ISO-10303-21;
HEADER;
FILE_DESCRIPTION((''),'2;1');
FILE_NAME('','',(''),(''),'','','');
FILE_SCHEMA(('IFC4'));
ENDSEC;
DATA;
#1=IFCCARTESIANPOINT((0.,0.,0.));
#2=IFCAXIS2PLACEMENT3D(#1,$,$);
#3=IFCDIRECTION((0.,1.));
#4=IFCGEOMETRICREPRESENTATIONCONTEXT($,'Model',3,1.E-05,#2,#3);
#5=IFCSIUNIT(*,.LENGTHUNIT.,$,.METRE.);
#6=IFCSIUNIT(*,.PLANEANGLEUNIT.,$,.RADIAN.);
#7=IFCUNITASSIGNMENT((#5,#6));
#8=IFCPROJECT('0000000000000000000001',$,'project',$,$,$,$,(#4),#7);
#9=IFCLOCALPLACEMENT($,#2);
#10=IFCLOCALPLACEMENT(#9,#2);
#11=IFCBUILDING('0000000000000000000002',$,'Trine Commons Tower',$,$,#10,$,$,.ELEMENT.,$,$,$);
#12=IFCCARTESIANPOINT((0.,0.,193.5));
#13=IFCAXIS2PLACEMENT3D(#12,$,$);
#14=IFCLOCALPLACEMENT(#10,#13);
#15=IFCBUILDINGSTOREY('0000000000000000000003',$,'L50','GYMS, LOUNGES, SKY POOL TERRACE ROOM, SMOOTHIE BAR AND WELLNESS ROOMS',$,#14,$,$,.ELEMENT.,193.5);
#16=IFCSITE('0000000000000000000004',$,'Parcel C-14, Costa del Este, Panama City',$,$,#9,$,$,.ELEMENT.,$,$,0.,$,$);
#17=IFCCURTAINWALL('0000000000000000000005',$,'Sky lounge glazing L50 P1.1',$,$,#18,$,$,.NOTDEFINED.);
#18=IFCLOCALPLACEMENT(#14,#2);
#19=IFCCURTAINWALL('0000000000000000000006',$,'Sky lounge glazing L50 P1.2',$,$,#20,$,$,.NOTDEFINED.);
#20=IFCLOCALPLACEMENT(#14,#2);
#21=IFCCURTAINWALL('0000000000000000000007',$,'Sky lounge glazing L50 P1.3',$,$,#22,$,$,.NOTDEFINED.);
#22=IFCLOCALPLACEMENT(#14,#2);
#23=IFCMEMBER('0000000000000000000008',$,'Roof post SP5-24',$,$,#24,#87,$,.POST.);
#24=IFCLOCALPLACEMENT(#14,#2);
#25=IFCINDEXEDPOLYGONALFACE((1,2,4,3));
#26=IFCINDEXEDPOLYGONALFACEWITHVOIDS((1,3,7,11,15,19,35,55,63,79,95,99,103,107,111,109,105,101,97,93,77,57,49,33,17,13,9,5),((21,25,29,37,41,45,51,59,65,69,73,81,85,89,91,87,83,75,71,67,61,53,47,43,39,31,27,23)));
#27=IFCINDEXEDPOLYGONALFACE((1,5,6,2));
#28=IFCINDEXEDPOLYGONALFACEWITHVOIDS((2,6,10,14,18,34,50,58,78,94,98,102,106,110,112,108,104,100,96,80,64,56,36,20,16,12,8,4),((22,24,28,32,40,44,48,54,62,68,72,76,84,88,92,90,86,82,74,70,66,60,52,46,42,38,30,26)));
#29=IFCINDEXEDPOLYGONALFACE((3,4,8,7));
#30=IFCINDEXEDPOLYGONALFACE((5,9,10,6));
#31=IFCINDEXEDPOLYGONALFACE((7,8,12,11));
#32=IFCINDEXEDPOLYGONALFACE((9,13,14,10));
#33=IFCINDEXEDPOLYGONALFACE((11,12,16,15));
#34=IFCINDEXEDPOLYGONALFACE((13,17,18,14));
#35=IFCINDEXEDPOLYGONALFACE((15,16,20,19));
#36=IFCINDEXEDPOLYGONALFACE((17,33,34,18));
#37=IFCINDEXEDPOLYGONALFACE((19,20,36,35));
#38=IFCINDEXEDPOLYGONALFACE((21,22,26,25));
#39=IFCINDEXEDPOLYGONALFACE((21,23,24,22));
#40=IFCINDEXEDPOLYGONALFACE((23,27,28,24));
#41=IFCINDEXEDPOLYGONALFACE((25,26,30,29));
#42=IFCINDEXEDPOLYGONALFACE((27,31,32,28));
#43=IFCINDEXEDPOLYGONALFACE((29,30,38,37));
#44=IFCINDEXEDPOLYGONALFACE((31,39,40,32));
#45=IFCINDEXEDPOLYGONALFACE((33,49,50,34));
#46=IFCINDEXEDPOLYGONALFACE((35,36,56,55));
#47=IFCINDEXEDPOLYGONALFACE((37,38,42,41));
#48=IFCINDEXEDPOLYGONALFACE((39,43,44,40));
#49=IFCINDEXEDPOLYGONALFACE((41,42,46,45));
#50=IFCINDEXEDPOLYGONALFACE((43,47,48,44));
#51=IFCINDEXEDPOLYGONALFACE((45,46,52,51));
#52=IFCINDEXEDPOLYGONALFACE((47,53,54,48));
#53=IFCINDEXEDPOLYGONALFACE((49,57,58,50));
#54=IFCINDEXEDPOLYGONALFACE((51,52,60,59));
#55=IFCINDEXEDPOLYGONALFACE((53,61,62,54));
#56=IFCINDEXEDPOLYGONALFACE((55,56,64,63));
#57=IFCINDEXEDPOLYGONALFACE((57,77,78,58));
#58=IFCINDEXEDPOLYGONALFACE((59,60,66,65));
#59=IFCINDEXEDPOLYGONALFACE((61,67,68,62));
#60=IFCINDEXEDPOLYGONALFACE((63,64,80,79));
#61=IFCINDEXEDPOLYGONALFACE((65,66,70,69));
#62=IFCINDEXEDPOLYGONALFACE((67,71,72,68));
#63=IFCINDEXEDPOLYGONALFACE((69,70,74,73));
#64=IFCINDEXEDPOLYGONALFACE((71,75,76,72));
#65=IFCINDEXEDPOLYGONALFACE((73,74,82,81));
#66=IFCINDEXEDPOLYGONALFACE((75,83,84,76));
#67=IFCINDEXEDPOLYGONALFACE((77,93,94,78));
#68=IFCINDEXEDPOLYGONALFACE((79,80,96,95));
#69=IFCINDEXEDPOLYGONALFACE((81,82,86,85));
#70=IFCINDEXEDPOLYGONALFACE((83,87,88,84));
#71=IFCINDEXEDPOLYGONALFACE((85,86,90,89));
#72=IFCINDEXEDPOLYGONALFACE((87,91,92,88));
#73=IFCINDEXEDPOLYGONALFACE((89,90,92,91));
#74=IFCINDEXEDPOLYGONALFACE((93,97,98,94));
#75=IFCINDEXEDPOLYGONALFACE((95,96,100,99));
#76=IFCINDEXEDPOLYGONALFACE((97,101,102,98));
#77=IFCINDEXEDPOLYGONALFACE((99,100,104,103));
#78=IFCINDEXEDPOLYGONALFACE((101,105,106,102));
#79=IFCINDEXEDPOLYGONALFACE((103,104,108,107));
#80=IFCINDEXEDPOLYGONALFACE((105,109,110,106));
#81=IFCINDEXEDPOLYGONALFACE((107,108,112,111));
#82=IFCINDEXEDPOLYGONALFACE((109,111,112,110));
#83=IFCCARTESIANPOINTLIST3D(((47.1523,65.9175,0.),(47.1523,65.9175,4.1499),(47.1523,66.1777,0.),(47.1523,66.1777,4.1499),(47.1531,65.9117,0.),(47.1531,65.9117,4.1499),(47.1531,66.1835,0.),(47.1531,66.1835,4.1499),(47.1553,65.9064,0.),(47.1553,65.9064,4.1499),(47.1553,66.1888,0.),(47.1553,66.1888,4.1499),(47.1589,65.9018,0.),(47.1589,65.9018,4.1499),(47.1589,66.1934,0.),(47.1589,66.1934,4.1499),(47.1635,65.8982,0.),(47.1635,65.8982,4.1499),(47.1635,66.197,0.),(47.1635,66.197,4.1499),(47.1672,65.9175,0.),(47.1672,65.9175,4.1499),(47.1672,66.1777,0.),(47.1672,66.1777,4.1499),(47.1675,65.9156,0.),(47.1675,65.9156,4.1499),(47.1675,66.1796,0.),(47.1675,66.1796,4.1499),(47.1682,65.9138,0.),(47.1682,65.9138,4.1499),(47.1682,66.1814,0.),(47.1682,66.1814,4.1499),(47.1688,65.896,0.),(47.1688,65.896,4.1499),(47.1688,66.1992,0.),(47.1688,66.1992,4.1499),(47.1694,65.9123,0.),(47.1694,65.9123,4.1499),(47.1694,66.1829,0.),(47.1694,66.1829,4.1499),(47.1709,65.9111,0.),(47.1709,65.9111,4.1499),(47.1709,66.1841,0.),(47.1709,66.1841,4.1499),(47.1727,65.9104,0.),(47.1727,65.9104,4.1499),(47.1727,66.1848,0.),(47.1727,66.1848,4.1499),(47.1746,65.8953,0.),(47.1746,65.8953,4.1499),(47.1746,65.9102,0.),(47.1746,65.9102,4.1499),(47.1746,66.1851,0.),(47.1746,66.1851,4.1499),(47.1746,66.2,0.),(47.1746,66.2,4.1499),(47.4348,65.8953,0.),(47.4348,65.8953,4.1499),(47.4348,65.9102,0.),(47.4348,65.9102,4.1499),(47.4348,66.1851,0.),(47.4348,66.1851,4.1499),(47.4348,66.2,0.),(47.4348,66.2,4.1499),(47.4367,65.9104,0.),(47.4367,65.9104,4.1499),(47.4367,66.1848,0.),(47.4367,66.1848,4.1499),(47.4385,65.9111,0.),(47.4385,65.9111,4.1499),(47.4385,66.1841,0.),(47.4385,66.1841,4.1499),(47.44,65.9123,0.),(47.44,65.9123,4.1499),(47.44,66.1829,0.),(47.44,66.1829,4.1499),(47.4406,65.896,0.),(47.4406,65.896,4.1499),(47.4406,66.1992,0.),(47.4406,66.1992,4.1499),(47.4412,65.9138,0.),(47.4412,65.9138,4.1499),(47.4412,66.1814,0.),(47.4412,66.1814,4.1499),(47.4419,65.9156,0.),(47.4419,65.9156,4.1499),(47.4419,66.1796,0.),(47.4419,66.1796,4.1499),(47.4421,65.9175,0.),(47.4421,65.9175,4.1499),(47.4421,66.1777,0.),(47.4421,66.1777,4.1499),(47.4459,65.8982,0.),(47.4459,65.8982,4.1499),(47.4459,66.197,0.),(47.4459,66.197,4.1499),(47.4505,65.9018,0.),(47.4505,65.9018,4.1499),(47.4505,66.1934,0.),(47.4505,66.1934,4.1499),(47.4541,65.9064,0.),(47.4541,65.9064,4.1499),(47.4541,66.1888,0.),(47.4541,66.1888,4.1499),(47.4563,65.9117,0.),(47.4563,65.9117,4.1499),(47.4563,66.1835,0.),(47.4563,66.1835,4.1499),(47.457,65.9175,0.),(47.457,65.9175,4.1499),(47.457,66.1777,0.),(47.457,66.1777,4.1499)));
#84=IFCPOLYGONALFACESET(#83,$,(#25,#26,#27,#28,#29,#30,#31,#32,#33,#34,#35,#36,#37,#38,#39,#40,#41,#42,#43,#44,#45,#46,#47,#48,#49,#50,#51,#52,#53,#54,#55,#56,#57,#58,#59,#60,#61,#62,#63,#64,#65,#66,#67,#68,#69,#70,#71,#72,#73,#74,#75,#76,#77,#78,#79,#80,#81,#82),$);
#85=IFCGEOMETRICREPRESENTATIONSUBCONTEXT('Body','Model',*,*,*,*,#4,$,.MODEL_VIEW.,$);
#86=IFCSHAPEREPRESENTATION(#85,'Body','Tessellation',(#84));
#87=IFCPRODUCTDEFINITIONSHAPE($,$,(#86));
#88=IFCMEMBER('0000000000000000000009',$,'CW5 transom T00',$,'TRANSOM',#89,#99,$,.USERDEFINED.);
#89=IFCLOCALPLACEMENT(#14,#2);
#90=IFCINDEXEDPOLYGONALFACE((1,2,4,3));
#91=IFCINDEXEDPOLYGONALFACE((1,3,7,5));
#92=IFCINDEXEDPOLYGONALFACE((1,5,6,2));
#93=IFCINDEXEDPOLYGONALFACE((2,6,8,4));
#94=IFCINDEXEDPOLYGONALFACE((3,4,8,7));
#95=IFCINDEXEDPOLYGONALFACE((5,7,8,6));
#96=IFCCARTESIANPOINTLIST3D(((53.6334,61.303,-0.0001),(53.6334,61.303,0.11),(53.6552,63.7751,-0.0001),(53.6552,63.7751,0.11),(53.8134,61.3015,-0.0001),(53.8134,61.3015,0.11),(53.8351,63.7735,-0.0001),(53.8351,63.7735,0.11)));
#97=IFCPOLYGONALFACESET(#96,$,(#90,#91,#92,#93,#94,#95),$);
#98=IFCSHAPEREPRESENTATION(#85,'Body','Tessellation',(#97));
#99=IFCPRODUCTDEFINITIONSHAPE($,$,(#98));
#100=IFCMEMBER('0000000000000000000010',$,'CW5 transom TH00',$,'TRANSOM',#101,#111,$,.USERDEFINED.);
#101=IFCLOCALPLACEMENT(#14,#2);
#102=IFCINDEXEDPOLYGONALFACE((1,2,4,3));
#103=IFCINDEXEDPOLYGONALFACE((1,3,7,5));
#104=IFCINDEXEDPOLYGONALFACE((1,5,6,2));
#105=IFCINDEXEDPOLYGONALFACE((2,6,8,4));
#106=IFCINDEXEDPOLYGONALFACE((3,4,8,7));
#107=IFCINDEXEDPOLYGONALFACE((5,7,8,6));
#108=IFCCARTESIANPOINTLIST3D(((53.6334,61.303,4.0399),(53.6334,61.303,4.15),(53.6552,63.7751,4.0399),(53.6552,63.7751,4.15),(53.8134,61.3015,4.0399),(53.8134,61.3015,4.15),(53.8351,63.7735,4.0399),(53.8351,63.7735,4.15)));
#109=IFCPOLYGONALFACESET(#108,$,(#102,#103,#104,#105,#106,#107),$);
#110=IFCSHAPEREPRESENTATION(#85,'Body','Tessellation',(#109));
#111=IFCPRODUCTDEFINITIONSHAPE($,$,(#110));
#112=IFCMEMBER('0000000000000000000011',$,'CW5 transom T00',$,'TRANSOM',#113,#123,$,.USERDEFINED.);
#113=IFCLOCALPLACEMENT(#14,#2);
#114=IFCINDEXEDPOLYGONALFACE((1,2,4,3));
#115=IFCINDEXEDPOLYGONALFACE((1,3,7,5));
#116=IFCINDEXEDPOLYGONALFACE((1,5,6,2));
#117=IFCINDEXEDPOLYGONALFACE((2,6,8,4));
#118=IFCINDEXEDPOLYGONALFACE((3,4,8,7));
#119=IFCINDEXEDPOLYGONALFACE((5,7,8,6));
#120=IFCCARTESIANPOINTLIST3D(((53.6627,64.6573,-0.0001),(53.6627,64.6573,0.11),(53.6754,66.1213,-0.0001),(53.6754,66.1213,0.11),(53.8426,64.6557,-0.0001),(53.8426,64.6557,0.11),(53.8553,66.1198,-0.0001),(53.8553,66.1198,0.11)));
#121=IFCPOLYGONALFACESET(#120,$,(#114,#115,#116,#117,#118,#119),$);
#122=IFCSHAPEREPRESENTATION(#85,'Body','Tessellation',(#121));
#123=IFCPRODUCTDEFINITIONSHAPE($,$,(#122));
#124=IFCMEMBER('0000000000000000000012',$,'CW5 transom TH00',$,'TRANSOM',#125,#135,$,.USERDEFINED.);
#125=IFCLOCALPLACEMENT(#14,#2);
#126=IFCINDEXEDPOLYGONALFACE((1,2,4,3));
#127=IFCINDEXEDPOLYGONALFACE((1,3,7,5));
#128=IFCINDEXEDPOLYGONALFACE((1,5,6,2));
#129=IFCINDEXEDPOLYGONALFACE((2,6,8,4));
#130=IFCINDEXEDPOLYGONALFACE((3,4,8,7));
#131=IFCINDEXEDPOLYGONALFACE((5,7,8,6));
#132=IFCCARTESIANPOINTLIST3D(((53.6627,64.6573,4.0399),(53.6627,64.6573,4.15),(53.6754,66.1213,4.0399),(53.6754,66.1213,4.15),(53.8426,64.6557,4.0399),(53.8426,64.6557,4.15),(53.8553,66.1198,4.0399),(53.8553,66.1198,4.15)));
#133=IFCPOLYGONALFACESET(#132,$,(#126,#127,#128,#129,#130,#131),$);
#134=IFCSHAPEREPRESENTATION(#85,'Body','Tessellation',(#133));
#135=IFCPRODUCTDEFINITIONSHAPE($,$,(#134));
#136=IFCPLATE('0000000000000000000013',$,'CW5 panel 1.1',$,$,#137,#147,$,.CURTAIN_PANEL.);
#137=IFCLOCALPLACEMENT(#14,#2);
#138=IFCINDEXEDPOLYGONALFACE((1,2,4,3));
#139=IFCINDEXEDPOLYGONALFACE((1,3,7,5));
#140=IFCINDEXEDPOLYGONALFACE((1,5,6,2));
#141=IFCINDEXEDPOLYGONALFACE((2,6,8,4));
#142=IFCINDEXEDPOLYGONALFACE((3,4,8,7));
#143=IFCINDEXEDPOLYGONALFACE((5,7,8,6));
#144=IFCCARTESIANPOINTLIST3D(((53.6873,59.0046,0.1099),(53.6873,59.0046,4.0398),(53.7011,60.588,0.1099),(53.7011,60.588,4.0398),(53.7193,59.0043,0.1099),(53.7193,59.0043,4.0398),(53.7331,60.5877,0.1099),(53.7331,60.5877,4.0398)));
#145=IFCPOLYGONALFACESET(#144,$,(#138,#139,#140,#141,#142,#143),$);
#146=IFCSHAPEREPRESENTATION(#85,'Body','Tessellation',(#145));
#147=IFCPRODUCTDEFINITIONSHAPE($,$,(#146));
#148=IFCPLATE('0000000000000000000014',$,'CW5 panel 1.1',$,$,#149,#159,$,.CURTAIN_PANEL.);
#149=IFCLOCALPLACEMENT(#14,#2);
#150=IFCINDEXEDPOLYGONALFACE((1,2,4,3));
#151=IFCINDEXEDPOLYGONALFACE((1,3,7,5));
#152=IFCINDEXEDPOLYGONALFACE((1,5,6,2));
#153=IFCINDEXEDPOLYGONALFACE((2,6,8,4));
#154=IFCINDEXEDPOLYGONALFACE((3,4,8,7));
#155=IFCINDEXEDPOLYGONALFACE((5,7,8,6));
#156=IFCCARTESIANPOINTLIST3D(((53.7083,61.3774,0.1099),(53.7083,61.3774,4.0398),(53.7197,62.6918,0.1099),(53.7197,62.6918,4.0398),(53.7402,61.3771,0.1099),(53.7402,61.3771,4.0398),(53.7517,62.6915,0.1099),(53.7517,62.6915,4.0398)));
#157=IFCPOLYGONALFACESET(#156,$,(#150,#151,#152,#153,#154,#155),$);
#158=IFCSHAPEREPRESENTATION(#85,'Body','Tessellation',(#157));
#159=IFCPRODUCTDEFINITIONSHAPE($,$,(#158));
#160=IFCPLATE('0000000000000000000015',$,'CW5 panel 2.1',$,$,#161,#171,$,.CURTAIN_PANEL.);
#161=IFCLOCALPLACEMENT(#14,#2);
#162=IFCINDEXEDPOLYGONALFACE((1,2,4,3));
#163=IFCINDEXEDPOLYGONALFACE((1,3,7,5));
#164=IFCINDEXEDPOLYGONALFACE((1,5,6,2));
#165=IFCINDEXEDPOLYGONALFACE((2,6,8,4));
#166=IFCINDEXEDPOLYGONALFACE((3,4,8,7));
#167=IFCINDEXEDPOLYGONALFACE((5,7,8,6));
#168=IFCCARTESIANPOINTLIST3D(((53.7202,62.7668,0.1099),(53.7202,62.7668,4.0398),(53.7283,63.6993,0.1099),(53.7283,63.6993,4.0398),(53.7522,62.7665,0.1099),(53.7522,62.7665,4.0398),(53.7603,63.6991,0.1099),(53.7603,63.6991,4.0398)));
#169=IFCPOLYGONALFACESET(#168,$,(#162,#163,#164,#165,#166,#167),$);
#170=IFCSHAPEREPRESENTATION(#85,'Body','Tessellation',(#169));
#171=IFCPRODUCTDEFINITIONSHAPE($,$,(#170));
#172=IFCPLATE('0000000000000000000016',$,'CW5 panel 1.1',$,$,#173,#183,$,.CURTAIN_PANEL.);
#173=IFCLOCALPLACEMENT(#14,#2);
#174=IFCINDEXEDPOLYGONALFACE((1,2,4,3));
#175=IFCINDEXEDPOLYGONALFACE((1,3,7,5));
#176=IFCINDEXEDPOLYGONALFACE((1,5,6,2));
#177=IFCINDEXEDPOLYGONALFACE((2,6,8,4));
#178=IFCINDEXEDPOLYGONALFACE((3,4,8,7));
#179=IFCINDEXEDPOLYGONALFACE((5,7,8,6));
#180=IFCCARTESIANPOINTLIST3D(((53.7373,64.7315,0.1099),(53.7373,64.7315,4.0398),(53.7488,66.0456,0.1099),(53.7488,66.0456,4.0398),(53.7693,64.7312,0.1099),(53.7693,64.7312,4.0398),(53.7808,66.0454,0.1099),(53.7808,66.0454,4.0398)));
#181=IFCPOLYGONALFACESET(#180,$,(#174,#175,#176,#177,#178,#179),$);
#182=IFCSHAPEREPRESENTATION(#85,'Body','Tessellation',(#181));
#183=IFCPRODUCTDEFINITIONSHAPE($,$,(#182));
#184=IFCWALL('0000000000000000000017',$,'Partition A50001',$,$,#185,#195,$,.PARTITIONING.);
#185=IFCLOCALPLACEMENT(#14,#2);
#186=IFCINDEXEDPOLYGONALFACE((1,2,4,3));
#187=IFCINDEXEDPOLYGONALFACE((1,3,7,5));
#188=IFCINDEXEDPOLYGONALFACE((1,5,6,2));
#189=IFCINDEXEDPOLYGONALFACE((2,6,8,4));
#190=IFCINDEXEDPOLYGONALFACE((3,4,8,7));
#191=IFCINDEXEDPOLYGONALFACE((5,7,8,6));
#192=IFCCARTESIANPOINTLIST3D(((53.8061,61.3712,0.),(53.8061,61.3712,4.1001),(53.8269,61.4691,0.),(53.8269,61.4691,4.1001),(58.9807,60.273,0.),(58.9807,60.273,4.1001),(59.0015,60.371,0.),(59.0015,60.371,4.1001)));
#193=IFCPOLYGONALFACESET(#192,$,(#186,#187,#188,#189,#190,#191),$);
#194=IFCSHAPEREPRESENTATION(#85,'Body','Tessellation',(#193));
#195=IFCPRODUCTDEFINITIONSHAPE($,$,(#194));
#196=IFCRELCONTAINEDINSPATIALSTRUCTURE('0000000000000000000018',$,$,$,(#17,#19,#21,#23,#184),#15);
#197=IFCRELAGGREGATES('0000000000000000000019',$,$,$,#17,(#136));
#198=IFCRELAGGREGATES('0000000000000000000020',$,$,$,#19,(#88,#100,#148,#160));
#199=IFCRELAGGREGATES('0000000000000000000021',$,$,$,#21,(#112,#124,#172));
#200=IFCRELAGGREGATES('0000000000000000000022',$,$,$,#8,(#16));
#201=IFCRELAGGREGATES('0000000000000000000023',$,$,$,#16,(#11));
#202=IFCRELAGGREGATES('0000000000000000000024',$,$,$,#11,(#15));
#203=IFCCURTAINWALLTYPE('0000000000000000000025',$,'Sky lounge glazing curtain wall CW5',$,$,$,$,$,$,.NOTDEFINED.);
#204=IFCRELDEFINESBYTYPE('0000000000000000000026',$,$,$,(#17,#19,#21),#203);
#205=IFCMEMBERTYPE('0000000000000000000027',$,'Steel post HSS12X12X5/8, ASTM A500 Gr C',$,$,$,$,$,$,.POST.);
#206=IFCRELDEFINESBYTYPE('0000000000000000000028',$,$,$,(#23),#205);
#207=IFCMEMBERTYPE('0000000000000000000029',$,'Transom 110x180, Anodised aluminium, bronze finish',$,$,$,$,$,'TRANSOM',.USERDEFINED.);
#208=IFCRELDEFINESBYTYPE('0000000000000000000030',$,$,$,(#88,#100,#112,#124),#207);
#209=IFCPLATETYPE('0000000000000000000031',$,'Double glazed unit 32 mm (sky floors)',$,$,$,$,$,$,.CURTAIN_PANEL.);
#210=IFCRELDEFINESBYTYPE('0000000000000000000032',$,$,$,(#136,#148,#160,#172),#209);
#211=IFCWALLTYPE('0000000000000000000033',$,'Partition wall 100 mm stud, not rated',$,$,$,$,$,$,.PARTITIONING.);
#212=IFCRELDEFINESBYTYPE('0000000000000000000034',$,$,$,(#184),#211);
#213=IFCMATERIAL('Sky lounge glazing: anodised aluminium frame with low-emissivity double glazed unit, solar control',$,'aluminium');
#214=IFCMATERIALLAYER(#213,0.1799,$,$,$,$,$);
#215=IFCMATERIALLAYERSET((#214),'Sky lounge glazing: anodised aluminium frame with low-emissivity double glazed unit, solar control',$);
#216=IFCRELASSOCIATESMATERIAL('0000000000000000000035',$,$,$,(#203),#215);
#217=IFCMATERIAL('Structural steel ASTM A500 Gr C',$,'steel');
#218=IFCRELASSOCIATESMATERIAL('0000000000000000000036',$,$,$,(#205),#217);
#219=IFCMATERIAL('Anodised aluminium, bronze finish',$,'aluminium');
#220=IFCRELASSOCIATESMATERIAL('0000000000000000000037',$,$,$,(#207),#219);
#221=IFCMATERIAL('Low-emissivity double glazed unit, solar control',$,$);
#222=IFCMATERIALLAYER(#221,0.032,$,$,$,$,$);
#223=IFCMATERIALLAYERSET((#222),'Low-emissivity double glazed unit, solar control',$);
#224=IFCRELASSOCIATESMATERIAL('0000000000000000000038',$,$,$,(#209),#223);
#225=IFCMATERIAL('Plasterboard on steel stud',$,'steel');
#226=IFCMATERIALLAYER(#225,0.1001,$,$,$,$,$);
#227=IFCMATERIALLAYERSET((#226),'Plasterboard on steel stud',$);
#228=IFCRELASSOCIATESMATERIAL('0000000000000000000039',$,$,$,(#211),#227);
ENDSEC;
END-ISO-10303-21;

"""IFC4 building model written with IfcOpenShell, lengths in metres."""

from ifc_helpers import new_model, si_unit, direction, frame, frame_2d, origin, origin_2d, place, context, subcontext, project, spatial, rectangle, hollow_rectangle, extrude, material, layer, layer_set, material_profile, profile_set, type_object, element, aggregate, save


model = new_model("IFC4")

# Units and contexts
model_context = context("Model", 3, precision=1e-05, world=origin(), true_north=direction((0.0, 1.0)))
body_context = subcontext(model_context, "Body", "Model", "MODEL_VIEW")
ifc_project = project(units=[si_unit("LENGTHUNIT", "METRE"), si_unit("PLANEANGLEUNIT", "RADIAN")], contexts=[model_context])

# Site, building, storey
site_placement = place(None, origin())
site = spatial("IfcSite", under=ifc_project, at=site_placement, Name="Parcel C-14, Costa del Este, Panama City", CompositionType="ELEMENT", RefElevation=0.0)
building_placement = place(site_placement, origin())
building = spatial("IfcBuilding", under=site, at=building_placement, Name="Trine Commons Tower", CompositionType="ELEMENT")
storey_placement = place(building_placement, frame((0.0, 0.0, 193.5)))
storey = spatial("IfcBuildingStorey", under=building, at=storey_placement, Name="L50", Description="GYMS, LOUNGES, SKY POOL TERRACE ROOM, SMOOTHIE BAR AND WELLNESS ROOMS", CompositionType="ELEMENT", Elevation=193.5)

# Curtain wall
ifc_material_1 = material(Name="Sky lounge glazing: anodised aluminium frame with low-emissivity double glazed unit, solar control", Category="aluminium")
ifc_layer_1 = layer(ifc_material_1, 0.1799)
ifc_layer_set_1 = layer_set([ifc_layer_1], Name="Sky lounge glazing: anodised aluminium frame with low-emissivity double glazed unit, solar control")
curtain_wall_type = type_object("IfcCurtainWallType", Name="Sky lounge glazing curtain wall CW5", PredefinedType="NOTDEFINED", material=ifc_layer_set_1)
curtain_wall_1_placement = place(storey_placement, origin())
curtain_wall_1 = element("IfcCurtainWall", 1, at=curtain_wall_1_placement, inside=storey, type_object=curtain_wall_type, Name="Sky lounge glazing L50 P1.1", PredefinedType="NOTDEFINED")
ifc_material_2 = material(Name="Anodised aluminium, bronze finish", Category="aluminium")

# Curtain walls
curtain_wall_2_placement = place(storey_placement, origin())
curtain_wall_2 = element("IfcCurtainWall", 2, at=curtain_wall_2_placement, inside=storey, type_object=curtain_wall_type, Name="Sky lounge glazing L50 P1.2", PredefinedType="NOTDEFINED")
curtain_wall_3_placement = place(storey_placement, origin())
curtain_wall_3 = element("IfcCurtainWall", 3, at=curtain_wall_3_placement, inside=storey, type_object=curtain_wall_type, Name="Sky lounge glazing L50 P1.3", PredefinedType="NOTDEFINED")

# Member
ifc_material_3 = material(Name="Structural steel ASTM A500 Gr C", Category="steel")
ifc_material_profile_1 = material_profile(ifc_material_3, hollow_rectangle(XDim=0.3047, YDim=0.3047, WallThickness=0.0149, InnerFilletRadius=0.0073, OuterFilletRadius=0.0222, at=origin_2d()), Name="HSS12X12X5/8")
ifc_profile_set_1 = profile_set([ifc_material_profile_1], Name="Structural steel ASTM A500 Gr C")
member_type_1 = type_object("IfcMemberType", Name="Steel post HSS12X12X5/8, ASTM A500 Gr C", PredefinedType="POST", material=ifc_profile_set_1)
for number, where, z_axis, x_axis, name in (
    (4, (47.3047, 66.0476, 0.0), (0.0, 0.0, 1.0), (1.0, 0.0, 0.0), "Roof post SP5-24"),
):
    element("IfcMember", number, at=place(storey_placement, frame(where, z_axis=z_axis, x_axis=x_axis)), inside=storey, type_object=member_type_1, Name=name, PredefinedType="POST", context=body_context, shape_type="SweptSolid", body=[
        extrude(hollow_rectangle(XDim=0.3047, YDim=0.3047, WallThickness=0.0149, InnerFilletRadius=0.0073, OuterFilletRadius=0.0222, at=origin_2d()), origin(), (0.0, 0.0, 1.0), 4.1499),
    ])

# Members
ifc_material_profile_2 = material_profile(ifc_material_2, rectangle(XDim=0.1799, YDim=0.1101, at=origin_2d()), Name="Transom 110x180")
ifc_profile_set_2 = profile_set([ifc_material_profile_2], Name="Anodised aluminium, bronze finish")
member_type_2 = type_object("IfcMemberType", Name="Transom 110x180, Anodised aluminium, bronze finish", ElementType="TRANSOM", PredefinedType="USERDEFINED", material=ifc_profile_set_2)
member_1_placement = place(storey_placement, frame((53.7234, 61.3022, 0.0549), z_axis=(0.008789, 0.999961, 0.0), x_axis=(-0.999961, 0.008789, 0.0)))
member_1 = element("IfcMember", 5, at=member_1_placement, type_object=member_type_2, Name="CW5 transom T00", ObjectType="TRANSOM", PredefinedType="USERDEFINED", context=body_context, shape_type="SweptSolid", body=[
    extrude(rectangle(XDim=0.1799, YDim=0.1101, at=origin_2d()), origin(), (0.0, 0.0, 1.0), 2.4722),
])
member_2_placement = place(storey_placement, frame((53.7234, 61.3022, 4.095), z_axis=(0.008789, 0.999961, 0.0), x_axis=(-0.999961, 0.008789, 0.0)))
member_2 = element("IfcMember", 6, at=member_2_placement, type_object=member_type_2, Name="CW5 transom TH00", ObjectType="TRANSOM", PredefinedType="USERDEFINED", context=body_context, shape_type="SweptSolid", body=[
    extrude(rectangle(XDim=0.1799, YDim=0.1101, at=origin_2d()), origin(), (0.0, 0.0, 1.0), 2.4722),
])
member_3_placement = place(storey_placement, frame((53.7527, 64.6565, 0.0549), z_axis=(0.008671, 0.999962, 0.0), x_axis=(-0.999962, 0.008671, 0.0)))
member_3 = element("IfcMember", 7, at=member_3_placement, type_object=member_type_2, Name="CW5 transom T00", ObjectType="TRANSOM", PredefinedType="USERDEFINED", context=body_context, shape_type="SweptSolid", body=[
    extrude(rectangle(XDim=0.1799, YDim=0.1101, at=origin_2d()), origin(), (0.0, 0.0, 1.0), 1.4641),
])
member_4_placement = place(storey_placement, frame((53.7527, 64.6565, 4.095), z_axis=(0.008671, 0.999962, 0.0), x_axis=(-0.999962, 0.008671, 0.0)))
member_4 = element("IfcMember", 8, at=member_4_placement, type_object=member_type_2, Name="CW5 transom TH00", ObjectType="TRANSOM", PredefinedType="USERDEFINED", context=body_context, shape_type="SweptSolid", body=[
    extrude(rectangle(XDim=0.1799, YDim=0.1101, at=origin_2d()), origin(), (0.0, 0.0, 1.0), 1.4641),
])

# Plates
ifc_material_4 = material(Name="Low-emissivity double glazed unit, solar control")
ifc_layer_2 = layer(ifc_material_4, 0.032)
ifc_layer_set_2 = layer_set([ifc_layer_2], Name="Low-emissivity double glazed unit, solar control")
plate_type = type_object("IfcPlateType", Name="Double glazed unit 32 mm (sky floors)", PredefinedType="CURTAIN_PANEL", material=ifc_layer_set_2)
plate_1_placement = place(storey_placement, frame((53.7102, 59.7961, 0.1099), z_axis=(0.0, 0.0, 1.0), x_axis=(0.008727, 0.999962, 0.0)))
plate_1 = element("IfcPlate", 9, at=plate_1_placement, type_object=plate_type, Name="CW5 panel 1.1", PredefinedType="CURTAIN_PANEL", context=body_context, shape_type="SweptSolid", body=[
    extrude(rectangle(XDim=1.5835, YDim=0.032, at=origin_2d()), origin(), (0.0, 0.0, 1.0), 3.9299),
])
aggregate(curtain_wall_1, [plate_1])
plate_2_placement = place(storey_placement, frame((53.73, 62.0344, 0.1099), z_axis=(0.0, 0.0, 1.0), x_axis=(0.008727, 0.999962, 0.0)))
plate_2 = element("IfcPlate", 10, at=plate_2_placement, type_object=plate_type, Name="CW5 panel 1.1", PredefinedType="CURTAIN_PANEL", context=body_context, shape_type="SweptSolid", body=[
    extrude(rectangle(XDim=1.3145, YDim=0.032, at=origin_2d()), origin(), (0.0, 0.0, 1.0), 3.9299),
])
plate_3_placement = place(storey_placement, frame((53.7402, 63.2329, 0.1099), z_axis=(0.0, 0.0, 1.0), x_axis=(0.008727, 0.999962, 0.0)))
plate_3 = element("IfcPlate", 11, at=plate_3_placement, type_object=plate_type, Name="CW5 panel 2.1", PredefinedType="CURTAIN_PANEL", context=body_context, shape_type="SweptSolid", body=[
    extrude(rectangle(XDim=0.9326, YDim=0.032, at=origin_2d()), origin(), (0.0, 0.0, 1.0), 3.9299),
])
aggregate(curtain_wall_2, [member_1, member_2, plate_2, plate_3])
plate_4_placement = place(storey_placement, frame((53.759, 65.3884, 0.1099), z_axis=(0.0, 0.0, 1.0), x_axis=(0.008727, 0.999962, 0.0)))
plate_4 = element("IfcPlate", 12, at=plate_4_placement, type_object=plate_type, Name="CW5 panel 1.1", PredefinedType="CURTAIN_PANEL", context=body_context, shape_type="SweptSolid", body=[
    extrude(rectangle(XDim=1.3142, YDim=0.032, at=origin_2d()), origin(), (0.0, 0.0, 1.0), 3.9299),
])
aggregate(curtain_wall_3, [member_3, member_4, plate_4])

# Wall
ifc_material_5 = material(Name="Plasterboard on steel stud", Category="steel")
ifc_layer_3 = layer(ifc_material_5, 0.1001)
ifc_layer_set_3 = layer_set([ifc_layer_3], Name="Plasterboard on steel stud")
wall_type = type_object("IfcWallType", Name="Partition wall 100 mm stud, not rated", PredefinedType="PARTITIONING", material=ifc_layer_set_3)
wall_placement = place(storey_placement, frame((53.8164, 61.4202, 0.0), z_axis=(0.0, 0.0, 1.0), x_axis=(0.978215, -0.207597, 0.0)))
element("IfcWall", 13, at=wall_placement, inside=storey, type_object=wall_type, Name="Partition A50001", PredefinedType="PARTITIONING", context=body_context, shape_type="SweptSolid", body=[
    extrude(rectangle(XDim=5.2898, YDim=0.1001, at=frame_2d((2.645, 0.0))), origin(), (0.0, 0.0, 1.0), 4.1001),
])

save(model, "model.ifc")
